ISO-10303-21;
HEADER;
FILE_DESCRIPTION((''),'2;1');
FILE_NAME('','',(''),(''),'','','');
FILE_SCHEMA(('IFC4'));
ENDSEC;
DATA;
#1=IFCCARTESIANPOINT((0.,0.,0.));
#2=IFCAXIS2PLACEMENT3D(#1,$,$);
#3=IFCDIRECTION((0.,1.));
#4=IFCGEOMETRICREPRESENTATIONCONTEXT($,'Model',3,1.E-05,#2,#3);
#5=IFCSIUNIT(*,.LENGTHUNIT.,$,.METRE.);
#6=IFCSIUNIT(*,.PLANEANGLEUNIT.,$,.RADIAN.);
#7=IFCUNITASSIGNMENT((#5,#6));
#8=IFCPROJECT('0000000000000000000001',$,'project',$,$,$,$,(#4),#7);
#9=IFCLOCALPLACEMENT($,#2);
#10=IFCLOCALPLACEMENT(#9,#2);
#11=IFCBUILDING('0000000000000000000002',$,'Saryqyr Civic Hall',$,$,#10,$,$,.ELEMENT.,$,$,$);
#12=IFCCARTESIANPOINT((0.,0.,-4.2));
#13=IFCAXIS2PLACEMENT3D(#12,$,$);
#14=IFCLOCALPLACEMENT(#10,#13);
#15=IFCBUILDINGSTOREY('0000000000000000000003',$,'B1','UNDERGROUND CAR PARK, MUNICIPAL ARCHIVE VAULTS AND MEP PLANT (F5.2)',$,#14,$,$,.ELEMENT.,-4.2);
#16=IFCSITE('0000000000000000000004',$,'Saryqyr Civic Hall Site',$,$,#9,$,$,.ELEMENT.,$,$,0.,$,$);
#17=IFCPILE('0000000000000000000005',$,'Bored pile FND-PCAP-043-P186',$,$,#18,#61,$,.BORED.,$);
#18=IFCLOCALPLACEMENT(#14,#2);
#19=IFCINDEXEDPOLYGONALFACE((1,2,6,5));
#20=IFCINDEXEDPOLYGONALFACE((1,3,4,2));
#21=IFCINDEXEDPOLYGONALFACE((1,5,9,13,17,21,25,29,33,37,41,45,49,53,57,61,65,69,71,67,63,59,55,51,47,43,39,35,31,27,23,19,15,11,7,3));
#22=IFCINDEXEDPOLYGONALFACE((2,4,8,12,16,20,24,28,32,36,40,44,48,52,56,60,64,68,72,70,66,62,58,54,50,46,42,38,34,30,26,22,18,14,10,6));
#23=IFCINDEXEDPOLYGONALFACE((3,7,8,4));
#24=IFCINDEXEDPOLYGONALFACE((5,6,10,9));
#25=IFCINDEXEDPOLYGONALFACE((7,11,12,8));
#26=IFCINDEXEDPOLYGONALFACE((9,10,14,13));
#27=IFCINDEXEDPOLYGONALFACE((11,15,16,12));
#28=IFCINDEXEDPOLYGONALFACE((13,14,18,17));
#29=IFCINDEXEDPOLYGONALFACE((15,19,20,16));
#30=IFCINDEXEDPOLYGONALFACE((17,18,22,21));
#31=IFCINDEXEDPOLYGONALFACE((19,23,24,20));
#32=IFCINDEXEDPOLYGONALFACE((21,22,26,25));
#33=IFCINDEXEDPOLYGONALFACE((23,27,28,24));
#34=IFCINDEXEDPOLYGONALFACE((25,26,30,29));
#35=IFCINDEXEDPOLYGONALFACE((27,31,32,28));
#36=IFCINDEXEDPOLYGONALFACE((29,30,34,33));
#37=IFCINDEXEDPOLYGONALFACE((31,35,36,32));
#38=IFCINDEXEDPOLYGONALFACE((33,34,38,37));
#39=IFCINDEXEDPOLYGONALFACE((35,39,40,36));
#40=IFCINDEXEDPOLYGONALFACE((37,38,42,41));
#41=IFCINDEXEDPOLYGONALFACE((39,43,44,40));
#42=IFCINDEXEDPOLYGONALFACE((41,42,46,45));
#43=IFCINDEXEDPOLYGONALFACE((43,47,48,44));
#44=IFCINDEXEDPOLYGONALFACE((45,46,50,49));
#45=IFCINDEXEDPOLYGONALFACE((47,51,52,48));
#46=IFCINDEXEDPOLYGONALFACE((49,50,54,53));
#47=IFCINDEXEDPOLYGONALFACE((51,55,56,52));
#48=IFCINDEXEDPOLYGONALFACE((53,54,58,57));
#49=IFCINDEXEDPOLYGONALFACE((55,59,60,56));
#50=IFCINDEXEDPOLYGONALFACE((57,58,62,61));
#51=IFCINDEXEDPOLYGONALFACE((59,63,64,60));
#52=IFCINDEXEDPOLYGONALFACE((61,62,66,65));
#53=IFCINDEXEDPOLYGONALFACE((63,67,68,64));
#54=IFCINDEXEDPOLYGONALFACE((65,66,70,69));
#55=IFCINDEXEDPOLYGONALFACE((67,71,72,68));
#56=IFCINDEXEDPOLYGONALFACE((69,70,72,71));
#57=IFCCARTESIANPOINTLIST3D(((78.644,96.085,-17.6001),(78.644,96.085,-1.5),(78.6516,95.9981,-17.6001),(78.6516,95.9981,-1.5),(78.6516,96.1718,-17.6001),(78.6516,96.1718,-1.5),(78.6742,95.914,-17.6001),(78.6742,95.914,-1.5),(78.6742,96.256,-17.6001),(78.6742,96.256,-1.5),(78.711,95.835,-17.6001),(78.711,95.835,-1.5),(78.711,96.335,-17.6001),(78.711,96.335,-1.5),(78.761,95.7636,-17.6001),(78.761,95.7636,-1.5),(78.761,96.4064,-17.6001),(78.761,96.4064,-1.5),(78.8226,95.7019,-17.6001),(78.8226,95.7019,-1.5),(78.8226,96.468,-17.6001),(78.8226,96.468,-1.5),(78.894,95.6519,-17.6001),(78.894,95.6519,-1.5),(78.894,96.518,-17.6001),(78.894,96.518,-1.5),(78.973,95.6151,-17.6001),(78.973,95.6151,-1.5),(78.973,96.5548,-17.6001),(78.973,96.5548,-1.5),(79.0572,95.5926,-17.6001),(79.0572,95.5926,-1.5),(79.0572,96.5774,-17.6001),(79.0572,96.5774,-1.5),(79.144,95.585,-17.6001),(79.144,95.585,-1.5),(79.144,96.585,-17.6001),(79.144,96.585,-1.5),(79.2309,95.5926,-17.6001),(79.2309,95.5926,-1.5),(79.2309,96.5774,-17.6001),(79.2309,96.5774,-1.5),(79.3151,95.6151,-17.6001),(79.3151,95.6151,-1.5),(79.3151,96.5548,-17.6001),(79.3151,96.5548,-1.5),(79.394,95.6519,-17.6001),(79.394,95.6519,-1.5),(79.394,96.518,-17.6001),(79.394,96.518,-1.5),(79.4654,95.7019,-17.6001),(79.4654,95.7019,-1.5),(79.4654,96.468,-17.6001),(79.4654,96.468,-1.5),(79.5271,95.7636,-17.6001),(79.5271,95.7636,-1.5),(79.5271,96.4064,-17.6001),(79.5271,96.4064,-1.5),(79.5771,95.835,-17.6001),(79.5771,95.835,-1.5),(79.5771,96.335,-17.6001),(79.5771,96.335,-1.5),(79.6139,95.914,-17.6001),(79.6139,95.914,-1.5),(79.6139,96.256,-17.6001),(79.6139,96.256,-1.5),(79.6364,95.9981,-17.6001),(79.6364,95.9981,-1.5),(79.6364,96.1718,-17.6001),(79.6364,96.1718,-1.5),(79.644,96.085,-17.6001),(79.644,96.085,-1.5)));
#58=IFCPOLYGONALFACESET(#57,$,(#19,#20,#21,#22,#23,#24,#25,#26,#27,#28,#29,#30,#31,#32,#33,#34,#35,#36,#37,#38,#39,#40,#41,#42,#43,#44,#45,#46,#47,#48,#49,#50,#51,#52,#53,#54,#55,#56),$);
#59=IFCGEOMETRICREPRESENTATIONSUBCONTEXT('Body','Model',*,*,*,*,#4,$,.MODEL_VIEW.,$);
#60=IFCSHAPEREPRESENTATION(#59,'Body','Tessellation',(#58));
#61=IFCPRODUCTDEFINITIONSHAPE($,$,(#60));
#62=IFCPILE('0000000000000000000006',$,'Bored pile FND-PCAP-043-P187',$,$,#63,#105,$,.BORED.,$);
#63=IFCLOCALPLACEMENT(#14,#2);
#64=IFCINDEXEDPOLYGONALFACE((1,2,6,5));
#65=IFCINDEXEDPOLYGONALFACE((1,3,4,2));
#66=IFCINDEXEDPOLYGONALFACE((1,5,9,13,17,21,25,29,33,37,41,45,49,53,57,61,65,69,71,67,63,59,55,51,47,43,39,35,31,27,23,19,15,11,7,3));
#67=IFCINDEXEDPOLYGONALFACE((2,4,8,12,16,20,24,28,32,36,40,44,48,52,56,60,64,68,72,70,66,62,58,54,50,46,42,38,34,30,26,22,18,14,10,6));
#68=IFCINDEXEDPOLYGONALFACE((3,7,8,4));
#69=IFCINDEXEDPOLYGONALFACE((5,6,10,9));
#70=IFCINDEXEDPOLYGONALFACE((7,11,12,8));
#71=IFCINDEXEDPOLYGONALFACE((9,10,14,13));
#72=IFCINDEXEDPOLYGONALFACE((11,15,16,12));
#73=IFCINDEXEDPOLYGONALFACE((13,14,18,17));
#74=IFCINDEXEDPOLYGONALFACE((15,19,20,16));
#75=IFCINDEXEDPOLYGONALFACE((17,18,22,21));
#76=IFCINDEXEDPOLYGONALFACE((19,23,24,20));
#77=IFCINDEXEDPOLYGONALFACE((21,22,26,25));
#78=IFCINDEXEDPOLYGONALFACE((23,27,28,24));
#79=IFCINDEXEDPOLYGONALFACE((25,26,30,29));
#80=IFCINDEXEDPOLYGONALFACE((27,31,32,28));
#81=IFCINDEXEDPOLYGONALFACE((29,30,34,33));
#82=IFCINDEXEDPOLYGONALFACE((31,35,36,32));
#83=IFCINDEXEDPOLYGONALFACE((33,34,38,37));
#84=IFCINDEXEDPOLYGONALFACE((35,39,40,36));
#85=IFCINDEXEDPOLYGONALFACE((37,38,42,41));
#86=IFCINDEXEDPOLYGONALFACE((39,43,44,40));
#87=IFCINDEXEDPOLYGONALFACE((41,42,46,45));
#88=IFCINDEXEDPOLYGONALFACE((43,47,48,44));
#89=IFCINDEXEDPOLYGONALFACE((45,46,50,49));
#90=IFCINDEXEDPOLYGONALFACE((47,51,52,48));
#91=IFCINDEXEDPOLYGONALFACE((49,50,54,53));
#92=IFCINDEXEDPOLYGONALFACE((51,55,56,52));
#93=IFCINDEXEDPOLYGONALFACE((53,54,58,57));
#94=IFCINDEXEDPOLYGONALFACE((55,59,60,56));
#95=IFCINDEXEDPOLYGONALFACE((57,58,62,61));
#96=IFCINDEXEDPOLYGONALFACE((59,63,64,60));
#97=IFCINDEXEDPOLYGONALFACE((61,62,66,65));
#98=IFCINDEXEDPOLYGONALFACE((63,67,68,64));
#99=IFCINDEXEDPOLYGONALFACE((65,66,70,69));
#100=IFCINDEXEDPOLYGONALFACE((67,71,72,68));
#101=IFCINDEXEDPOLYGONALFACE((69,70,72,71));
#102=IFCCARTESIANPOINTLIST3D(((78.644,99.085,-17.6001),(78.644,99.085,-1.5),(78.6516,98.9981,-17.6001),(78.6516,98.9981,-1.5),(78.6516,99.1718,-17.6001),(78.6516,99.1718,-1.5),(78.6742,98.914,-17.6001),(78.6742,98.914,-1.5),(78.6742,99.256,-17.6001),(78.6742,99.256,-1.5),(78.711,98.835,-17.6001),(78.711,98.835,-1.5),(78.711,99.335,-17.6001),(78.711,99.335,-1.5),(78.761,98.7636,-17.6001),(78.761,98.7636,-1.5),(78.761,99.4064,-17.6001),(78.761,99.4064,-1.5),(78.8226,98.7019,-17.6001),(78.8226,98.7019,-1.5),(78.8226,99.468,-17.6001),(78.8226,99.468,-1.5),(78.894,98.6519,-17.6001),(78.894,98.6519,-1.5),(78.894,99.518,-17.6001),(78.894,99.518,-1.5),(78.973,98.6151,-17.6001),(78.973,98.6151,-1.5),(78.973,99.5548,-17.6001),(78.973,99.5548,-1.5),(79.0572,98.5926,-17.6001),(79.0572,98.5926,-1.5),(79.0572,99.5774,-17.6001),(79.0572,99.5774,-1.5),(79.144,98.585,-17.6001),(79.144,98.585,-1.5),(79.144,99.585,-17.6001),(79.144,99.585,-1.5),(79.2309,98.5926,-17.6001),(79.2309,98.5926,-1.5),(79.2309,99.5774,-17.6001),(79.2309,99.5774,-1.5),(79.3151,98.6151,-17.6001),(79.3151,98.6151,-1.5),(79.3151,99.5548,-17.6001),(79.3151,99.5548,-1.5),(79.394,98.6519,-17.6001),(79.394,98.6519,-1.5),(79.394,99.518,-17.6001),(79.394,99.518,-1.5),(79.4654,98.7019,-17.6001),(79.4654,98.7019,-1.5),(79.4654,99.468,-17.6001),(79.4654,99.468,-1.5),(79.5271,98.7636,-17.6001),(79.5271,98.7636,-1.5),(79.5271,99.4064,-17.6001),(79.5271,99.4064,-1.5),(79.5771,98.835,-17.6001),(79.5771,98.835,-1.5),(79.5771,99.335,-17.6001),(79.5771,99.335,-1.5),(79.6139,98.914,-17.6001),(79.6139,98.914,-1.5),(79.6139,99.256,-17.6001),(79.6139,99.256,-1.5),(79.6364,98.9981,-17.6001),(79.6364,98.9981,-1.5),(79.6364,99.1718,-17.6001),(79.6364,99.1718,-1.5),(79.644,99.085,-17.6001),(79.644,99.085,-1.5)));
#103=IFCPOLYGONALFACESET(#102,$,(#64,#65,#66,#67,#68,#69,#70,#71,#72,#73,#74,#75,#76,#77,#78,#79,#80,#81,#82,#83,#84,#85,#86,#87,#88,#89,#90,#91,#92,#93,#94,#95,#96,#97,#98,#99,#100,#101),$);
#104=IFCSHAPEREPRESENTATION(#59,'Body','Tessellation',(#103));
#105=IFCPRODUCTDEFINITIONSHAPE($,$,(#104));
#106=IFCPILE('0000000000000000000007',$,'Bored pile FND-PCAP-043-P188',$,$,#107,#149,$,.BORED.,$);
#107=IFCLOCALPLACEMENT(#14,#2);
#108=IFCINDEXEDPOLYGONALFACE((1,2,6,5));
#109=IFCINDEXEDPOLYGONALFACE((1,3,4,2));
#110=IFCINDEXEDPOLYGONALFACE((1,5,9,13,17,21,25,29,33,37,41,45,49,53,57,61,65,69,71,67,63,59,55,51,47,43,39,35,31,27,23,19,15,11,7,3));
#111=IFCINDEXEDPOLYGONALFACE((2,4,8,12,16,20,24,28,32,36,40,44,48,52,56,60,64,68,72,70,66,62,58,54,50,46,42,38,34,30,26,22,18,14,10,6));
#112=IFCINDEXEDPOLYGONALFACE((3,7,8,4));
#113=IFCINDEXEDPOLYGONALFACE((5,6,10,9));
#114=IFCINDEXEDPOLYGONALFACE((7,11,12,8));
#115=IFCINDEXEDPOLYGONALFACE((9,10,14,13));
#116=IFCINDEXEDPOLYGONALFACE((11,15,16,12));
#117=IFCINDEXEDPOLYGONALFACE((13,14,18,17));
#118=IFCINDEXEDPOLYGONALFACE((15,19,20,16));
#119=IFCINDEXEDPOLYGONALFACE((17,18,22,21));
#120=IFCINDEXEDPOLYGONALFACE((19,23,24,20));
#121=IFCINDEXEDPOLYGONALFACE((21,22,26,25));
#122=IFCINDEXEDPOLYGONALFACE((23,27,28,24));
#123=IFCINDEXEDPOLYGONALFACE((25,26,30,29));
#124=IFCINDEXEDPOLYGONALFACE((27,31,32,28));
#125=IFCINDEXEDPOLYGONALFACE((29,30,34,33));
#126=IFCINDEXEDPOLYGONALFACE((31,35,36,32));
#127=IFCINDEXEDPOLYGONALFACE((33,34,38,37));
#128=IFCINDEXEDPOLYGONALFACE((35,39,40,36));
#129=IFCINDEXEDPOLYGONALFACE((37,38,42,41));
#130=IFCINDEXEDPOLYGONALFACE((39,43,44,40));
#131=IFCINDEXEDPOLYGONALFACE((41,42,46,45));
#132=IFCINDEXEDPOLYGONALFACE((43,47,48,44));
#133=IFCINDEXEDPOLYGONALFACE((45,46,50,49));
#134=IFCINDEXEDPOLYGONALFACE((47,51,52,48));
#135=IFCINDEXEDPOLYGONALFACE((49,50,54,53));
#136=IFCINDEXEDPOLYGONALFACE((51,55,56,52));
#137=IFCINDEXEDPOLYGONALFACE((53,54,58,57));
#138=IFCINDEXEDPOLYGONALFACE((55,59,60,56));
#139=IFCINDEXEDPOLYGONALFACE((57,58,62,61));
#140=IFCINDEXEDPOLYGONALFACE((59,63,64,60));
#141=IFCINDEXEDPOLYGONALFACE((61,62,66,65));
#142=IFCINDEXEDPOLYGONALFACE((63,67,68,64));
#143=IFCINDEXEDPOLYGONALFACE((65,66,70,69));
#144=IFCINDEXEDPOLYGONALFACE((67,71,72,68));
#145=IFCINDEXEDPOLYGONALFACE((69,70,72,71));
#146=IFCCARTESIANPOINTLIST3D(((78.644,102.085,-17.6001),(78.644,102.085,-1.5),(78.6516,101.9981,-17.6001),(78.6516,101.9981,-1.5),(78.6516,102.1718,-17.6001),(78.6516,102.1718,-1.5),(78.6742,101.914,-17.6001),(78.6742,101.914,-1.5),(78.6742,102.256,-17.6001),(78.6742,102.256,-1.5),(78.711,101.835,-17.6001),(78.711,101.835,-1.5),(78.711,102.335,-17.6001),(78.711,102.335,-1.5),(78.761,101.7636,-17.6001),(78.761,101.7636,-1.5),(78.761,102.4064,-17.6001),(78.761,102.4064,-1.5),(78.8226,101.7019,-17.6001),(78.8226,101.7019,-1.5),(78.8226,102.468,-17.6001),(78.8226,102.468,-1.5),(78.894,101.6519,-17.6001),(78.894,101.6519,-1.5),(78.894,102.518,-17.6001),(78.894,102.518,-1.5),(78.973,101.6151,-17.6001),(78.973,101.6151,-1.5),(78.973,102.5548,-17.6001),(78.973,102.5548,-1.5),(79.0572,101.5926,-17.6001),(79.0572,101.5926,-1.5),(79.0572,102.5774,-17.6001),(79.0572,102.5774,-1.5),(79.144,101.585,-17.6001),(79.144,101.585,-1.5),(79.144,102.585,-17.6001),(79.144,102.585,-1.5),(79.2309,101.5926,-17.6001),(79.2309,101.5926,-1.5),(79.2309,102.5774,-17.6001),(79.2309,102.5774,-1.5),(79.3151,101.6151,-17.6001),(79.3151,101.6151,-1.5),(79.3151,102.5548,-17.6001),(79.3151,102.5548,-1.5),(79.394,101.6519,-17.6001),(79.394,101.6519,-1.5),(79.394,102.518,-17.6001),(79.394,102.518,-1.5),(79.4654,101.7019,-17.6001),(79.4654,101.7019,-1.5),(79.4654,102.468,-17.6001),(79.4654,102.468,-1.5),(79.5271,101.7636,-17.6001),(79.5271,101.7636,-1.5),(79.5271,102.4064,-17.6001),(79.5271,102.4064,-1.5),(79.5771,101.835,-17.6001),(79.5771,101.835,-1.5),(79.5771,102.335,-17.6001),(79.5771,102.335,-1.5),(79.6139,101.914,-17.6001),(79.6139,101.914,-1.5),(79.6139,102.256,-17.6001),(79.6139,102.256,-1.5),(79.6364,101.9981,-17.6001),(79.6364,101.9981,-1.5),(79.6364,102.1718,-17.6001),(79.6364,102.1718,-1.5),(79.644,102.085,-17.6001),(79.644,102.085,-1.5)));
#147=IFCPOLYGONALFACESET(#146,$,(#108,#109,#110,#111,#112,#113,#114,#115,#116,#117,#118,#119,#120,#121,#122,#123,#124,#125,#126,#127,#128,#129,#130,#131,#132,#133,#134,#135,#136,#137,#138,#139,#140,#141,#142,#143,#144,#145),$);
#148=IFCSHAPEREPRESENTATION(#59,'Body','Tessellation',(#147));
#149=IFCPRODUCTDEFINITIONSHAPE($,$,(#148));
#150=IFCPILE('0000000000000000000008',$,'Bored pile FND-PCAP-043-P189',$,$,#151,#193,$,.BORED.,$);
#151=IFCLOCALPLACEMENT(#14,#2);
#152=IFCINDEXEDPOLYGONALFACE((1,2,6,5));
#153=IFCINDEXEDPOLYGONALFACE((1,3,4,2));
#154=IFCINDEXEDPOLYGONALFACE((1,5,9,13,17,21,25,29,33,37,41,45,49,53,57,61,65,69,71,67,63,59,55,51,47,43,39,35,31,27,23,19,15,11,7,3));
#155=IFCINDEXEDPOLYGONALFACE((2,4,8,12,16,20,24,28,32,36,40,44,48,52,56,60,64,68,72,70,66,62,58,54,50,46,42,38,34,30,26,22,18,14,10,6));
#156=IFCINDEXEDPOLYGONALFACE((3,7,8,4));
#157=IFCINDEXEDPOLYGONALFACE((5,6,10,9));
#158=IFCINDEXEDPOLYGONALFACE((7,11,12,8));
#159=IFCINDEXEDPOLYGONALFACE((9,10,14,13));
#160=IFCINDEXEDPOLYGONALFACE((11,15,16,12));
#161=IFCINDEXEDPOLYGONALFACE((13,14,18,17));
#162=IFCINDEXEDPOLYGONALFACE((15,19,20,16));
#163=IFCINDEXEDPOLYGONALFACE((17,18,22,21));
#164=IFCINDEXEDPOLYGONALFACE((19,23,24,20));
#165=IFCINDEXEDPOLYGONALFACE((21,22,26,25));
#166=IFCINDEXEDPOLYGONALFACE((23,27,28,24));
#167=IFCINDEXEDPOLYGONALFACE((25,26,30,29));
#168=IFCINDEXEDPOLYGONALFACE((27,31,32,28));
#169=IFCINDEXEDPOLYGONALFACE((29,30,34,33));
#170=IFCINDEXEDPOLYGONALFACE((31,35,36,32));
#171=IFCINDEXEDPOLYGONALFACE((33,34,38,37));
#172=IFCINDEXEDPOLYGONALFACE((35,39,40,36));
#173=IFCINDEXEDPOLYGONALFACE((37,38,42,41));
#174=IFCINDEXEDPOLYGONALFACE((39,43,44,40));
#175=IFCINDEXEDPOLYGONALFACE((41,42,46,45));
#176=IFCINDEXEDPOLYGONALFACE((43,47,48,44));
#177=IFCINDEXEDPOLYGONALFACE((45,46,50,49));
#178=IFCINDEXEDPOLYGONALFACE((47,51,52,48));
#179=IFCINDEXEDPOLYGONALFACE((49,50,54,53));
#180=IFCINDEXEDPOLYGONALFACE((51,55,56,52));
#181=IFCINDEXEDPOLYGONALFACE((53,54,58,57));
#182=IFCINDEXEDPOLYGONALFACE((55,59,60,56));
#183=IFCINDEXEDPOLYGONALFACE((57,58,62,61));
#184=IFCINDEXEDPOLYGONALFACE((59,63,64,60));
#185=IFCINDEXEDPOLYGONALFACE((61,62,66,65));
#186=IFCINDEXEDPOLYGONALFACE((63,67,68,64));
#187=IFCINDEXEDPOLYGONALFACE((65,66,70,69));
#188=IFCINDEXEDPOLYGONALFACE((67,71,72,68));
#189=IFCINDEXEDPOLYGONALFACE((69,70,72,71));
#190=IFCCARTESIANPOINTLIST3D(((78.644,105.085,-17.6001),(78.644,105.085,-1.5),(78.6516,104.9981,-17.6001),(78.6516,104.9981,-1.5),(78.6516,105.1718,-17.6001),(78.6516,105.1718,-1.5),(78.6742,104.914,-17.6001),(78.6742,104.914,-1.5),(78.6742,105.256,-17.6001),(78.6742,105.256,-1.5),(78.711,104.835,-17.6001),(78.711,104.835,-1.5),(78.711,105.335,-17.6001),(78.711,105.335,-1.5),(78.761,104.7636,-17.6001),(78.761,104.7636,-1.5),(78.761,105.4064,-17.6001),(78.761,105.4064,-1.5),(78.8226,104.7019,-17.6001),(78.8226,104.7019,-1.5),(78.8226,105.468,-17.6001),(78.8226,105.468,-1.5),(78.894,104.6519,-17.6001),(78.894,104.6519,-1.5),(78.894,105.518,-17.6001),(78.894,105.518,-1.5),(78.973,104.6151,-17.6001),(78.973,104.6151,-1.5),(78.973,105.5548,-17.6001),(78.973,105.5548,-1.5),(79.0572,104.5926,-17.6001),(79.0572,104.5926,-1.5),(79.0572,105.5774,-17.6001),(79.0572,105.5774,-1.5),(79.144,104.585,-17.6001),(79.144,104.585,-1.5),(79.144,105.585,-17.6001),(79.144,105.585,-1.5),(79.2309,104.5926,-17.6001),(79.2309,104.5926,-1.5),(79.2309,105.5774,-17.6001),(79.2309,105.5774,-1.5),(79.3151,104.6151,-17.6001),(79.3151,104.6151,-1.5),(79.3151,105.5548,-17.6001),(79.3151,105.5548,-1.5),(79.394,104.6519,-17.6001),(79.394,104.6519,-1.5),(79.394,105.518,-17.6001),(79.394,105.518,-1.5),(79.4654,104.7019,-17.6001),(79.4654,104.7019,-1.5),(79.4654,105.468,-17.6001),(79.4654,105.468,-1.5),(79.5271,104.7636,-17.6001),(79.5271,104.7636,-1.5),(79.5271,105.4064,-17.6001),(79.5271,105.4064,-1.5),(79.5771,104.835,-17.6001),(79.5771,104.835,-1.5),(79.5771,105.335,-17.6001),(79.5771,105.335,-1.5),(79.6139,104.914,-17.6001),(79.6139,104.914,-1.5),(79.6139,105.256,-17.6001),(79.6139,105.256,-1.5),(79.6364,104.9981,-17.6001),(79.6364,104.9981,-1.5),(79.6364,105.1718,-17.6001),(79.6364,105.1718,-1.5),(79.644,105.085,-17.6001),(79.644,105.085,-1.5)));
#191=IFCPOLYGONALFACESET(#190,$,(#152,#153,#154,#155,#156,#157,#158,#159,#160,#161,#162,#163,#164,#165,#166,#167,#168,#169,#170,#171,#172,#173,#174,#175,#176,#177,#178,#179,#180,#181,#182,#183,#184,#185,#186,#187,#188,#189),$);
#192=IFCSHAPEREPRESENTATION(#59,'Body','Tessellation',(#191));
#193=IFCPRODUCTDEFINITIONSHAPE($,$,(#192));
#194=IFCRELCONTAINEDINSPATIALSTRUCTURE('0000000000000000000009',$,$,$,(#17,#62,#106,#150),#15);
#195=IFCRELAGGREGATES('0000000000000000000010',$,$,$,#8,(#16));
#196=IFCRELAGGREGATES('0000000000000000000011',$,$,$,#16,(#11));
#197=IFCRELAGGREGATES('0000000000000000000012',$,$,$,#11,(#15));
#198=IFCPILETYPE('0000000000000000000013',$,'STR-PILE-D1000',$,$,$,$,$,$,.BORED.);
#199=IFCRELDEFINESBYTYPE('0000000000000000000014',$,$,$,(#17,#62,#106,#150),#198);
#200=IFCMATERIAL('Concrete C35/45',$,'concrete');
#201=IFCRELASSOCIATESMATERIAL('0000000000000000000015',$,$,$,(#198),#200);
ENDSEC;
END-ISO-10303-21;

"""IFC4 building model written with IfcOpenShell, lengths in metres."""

from ifc_helpers import new_model, si_unit, direction, frame, origin, origin_2d, place, context, subcontext, project, spatial, circle, extrude, material, material_profile, profile_set, type_object, element, save


model = new_model("IFC4")

# Units and contexts
model_context = context("Model", 3, precision=1e-05, world=origin(), true_north=direction((0.0, 1.0)))
body_context = subcontext(model_context, "Body", "Model", "MODEL_VIEW")
ifc_project = project(units=[si_unit("LENGTHUNIT", "METRE"), si_unit("PLANEANGLEUNIT", "RADIAN")], contexts=[model_context])

# Site, building, storey
site_placement = place(None, origin())
site = spatial("IfcSite", under=ifc_project, at=site_placement, Name="Saryqyr Civic Hall Site", CompositionType="ELEMENT", RefElevation=0.0)
building_placement = place(site_placement, origin())
building = spatial("IfcBuilding", under=site, at=building_placement, Name="Saryqyr Civic Hall", CompositionType="ELEMENT")
storey_placement = place(building_placement, frame((0.0, 0.0, -4.2)))
storey = spatial("IfcBuildingStorey", under=building, at=storey_placement, Name="B1", Description="UNDERGROUND CAR PARK, MUNICIPAL ARCHIVE VAULTS AND MEP PLANT (F5.2)", CompositionType="ELEMENT", Elevation=-4.2)

# Piles
ifc_material_1 = material(Name="Concrete C35/45", Category="concrete")
ifc_material_profile_1 = material_profile(ifc_material_1, circle(Radius=0.5, at=origin_2d()), Name="BORED PILE D1000")
ifc_profile_set_1 = profile_set([ifc_material_profile_1], Name="Concrete C35/45")
pile_type = type_object("IfcPileType", Name="STR-PILE-D1000", PredefinedType="BORED", material=ifc_profile_set_1)
for number, where, z_axis, x_axis, name in (
    (1, (79.144, 96.085, -1.5), (0.0, 0.0, -1.0), (1.0, 0.0, 0.0), "Bored pile FND-PCAP-043-P186"),
    (2, (79.144, 99.085, -1.5), (0.0, 0.0, -1.0), (1.0, 0.0, 0.0), "Bored pile FND-PCAP-043-P187"),
    (3, (79.144, 102.085, -1.5), (0.0, 0.0, -1.0), (1.0, 0.0, 0.0), "Bored pile FND-PCAP-043-P188"),
    (4, (79.144, 105.085, -1.5), (0.0, 0.0, -1.0), (1.0, 0.0, 0.0), "Bored pile FND-PCAP-043-P189"),
):
    element("IfcPile", number, at=place(storey_placement, frame(where, z_axis=z_axis, x_axis=x_axis)), inside=storey, type_object=pile_type, Name=name, PredefinedType="BORED", context=body_context, shape_type="SweptSolid", body=[
        extrude(circle(Radius=0.5, at=origin_2d()), origin(), (0.0, 0.0, 1.0), 16.1001),
    ])

save(model, "model.ifc")
